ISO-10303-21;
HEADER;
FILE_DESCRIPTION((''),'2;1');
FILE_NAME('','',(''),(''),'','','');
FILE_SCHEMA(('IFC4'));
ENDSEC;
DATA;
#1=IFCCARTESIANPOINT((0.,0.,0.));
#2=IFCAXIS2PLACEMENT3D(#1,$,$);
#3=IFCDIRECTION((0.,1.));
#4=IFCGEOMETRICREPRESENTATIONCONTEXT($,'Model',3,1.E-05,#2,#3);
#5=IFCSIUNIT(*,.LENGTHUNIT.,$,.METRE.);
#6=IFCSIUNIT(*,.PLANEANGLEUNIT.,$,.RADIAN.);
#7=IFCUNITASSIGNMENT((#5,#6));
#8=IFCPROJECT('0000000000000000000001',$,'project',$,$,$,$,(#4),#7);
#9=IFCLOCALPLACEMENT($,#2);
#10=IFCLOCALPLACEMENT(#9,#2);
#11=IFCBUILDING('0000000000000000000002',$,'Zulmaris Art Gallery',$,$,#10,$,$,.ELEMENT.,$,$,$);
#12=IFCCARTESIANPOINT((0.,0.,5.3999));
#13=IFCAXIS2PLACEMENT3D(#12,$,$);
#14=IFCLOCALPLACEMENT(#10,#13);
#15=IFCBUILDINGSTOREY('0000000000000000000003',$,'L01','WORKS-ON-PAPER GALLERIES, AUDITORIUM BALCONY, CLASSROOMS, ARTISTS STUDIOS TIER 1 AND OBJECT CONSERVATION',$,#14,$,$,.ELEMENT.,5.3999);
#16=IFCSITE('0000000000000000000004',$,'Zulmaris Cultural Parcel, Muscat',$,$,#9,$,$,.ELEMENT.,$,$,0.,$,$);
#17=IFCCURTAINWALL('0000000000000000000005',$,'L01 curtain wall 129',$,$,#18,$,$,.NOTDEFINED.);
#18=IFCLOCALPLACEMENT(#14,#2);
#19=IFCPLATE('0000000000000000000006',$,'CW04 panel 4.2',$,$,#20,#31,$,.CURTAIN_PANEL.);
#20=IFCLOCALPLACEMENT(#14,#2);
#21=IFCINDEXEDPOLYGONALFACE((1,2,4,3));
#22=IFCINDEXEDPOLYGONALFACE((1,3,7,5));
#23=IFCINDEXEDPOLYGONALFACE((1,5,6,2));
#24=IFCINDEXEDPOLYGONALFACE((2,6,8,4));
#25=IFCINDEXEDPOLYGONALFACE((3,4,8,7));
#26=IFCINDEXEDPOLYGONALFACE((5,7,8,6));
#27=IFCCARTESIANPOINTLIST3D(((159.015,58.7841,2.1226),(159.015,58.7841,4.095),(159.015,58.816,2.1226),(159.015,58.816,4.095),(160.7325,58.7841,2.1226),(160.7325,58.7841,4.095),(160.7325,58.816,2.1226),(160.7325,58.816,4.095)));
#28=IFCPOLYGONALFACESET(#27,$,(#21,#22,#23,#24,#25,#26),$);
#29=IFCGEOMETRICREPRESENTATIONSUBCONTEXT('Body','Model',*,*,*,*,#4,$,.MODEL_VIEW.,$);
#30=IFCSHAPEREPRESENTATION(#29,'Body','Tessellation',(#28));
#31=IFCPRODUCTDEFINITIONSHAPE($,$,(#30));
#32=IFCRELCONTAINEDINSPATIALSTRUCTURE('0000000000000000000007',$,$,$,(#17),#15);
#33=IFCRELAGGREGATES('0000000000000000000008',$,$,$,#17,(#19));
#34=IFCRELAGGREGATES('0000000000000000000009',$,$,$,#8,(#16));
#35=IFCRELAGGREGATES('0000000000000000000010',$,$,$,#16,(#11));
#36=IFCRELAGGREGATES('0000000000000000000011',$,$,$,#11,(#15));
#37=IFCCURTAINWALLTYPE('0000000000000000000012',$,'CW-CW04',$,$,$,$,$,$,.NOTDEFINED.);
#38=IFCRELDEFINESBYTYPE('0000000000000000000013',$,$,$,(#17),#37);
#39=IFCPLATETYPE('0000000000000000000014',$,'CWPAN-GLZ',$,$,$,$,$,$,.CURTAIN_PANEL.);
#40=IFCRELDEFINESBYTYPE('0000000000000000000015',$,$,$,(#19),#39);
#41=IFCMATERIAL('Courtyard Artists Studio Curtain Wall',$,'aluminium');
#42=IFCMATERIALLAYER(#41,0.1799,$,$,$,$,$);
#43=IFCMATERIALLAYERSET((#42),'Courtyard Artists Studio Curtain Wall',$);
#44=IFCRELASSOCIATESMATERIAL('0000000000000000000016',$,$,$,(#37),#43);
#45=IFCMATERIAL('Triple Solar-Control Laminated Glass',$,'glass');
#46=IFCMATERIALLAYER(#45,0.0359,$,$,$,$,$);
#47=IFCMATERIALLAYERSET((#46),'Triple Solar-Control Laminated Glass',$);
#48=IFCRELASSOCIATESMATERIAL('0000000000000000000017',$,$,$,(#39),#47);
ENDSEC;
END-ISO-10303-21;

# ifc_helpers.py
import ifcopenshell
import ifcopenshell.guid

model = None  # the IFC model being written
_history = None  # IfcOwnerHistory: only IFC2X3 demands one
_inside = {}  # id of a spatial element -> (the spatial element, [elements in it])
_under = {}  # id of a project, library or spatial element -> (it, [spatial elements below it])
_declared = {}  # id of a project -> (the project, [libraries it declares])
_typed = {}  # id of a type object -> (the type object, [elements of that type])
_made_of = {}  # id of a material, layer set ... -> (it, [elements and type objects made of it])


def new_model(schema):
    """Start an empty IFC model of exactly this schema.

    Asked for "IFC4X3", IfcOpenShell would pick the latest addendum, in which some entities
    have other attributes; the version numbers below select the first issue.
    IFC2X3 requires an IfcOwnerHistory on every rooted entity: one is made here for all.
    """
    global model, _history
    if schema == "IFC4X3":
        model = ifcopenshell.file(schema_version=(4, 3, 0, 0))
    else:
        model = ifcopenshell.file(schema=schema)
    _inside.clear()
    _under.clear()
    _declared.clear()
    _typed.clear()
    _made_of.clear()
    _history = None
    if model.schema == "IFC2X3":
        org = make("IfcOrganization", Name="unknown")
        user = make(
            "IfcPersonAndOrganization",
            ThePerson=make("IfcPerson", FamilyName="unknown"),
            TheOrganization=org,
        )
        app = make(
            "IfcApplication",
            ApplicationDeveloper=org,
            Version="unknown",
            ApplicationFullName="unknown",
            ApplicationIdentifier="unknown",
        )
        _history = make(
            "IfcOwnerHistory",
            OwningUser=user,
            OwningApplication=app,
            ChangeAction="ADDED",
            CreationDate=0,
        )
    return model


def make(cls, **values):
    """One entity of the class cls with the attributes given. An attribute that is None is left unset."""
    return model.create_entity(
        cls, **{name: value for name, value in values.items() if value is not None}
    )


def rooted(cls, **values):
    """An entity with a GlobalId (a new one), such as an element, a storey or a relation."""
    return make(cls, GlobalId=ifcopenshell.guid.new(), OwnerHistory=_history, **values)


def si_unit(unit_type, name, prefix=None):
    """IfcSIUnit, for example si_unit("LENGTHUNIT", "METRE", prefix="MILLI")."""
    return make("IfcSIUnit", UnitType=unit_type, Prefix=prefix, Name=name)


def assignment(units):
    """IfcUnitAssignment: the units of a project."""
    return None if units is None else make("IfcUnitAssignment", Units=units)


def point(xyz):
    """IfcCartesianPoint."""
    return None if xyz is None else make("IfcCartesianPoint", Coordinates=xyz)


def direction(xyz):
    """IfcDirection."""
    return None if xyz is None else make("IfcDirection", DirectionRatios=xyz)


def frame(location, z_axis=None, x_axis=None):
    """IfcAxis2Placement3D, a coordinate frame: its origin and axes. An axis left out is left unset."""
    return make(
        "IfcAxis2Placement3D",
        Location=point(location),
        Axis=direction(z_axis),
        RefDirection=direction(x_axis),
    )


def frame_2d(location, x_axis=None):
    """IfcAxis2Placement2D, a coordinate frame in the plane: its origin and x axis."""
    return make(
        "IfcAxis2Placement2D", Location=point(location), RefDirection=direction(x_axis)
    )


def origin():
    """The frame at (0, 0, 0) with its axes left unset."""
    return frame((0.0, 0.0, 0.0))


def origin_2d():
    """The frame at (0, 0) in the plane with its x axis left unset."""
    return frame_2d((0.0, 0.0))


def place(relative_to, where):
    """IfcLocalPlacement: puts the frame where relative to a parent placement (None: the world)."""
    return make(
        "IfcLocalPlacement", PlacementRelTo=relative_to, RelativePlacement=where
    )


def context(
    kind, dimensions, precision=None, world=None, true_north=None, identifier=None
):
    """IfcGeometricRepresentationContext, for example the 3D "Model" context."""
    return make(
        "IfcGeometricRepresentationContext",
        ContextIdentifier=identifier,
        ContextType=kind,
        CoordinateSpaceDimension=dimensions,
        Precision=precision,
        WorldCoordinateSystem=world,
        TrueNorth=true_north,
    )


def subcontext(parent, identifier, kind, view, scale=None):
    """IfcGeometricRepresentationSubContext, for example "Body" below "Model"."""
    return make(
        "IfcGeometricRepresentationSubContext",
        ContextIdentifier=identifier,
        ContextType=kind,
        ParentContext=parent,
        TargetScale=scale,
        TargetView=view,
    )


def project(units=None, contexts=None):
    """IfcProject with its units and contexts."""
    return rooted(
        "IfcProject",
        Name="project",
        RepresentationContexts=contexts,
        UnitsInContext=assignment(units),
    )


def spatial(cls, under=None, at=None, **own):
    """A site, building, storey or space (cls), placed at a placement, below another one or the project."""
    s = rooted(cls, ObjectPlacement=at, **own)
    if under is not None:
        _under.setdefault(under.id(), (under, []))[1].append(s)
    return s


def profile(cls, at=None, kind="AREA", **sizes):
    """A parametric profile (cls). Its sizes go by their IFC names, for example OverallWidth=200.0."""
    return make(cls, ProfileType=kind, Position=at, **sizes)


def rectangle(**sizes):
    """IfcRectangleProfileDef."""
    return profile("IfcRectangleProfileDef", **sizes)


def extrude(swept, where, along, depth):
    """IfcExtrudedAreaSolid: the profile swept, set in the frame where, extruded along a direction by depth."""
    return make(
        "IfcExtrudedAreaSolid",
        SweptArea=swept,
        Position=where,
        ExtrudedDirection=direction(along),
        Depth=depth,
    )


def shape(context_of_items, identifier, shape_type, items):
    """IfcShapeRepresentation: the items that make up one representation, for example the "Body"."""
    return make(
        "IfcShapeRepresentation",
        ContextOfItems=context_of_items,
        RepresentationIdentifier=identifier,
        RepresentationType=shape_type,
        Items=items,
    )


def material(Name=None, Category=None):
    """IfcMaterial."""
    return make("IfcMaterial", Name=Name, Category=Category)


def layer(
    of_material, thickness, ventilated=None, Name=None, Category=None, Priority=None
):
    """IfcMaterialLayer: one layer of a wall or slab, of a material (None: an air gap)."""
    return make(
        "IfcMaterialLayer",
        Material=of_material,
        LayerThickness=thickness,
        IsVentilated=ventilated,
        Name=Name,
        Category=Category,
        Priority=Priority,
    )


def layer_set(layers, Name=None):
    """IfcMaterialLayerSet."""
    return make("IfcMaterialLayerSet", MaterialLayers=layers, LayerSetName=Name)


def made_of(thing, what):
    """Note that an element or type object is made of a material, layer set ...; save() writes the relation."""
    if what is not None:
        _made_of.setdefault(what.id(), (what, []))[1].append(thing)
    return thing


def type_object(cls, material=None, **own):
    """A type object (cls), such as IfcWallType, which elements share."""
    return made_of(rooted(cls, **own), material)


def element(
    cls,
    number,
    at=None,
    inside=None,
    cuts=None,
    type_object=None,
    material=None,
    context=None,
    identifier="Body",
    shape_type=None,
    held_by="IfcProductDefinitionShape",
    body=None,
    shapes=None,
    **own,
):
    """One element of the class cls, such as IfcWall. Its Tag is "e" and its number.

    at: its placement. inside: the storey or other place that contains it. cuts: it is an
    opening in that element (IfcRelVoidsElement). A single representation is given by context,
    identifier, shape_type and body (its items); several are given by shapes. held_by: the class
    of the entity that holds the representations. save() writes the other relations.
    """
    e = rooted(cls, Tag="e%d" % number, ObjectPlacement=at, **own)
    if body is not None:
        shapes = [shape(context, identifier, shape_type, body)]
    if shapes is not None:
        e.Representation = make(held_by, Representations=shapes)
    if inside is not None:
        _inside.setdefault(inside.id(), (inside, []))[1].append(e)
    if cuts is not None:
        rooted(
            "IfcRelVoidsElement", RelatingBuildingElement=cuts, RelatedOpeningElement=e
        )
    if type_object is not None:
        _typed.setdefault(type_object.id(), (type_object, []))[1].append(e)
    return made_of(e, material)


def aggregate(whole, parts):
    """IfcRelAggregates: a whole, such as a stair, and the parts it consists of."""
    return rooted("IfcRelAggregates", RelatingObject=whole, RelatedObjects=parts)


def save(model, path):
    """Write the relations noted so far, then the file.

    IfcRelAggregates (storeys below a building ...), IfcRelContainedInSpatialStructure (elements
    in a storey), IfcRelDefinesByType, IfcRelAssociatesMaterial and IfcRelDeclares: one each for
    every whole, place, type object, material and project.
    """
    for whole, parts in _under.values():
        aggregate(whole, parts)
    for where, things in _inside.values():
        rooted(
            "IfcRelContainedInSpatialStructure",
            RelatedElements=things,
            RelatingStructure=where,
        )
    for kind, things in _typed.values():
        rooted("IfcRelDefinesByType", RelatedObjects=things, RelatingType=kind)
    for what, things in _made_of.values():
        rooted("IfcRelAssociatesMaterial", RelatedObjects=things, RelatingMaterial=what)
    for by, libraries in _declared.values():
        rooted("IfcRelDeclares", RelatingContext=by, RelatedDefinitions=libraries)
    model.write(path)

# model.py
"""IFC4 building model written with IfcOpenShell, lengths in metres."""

from ifc_helpers import new_model, si_unit, direction, frame, origin, origin_2d, place, context, subcontext, project, spatial, rectangle, extrude, material, layer, layer_set, type_object, element, aggregate, save


model = new_model("IFC4")

# Units and contexts
model_context = context("Model", 3, precision=1e-05, world=origin(), true_north=direction((0.0, 1.0)))
body_context = subcontext(model_context, "Body", "Model", "MODEL_VIEW")
ifc_project = project(units=[si_unit("LENGTHUNIT", "METRE"), si_unit("PLANEANGLEUNIT", "RADIAN")], contexts=[model_context])

# Site, building, storey
site_placement = place(None, origin())
site = spatial("IfcSite", under=ifc_project, at=site_placement, Name="Zulmaris Cultural Parcel, Muscat", CompositionType="ELEMENT", RefElevation=0.0)
building_placement = place(site_placement, origin())
building = spatial("IfcBuilding", under=site, at=building_placement, Name="Zulmaris Art Gallery", CompositionType="ELEMENT")
storey_placement = place(building_placement, frame((0.0, 0.0, 5.3999)))
storey = spatial("IfcBuildingStorey", under=building, at=storey_placement, Name="L01", Description="WORKS-ON-PAPER GALLERIES, AUDITORIUM BALCONY, CLASSROOMS, ARTISTS STUDIOS TIER 1 AND OBJECT CONSERVATION", CompositionType="ELEMENT", Elevation=5.3999)

# Curtain wall
ifc_material_1 = material(Name="Courtyard Artists Studio Curtain Wall", Category="aluminium")
ifc_layer_1 = layer(ifc_material_1, 0.1799)
ifc_layer_set_1 = layer_set([ifc_layer_1], Name="Courtyard Artists Studio Curtain Wall")
curtain_wall_type = type_object("IfcCurtainWallType", Name="CW-CW04", PredefinedType="NOTDEFINED", material=ifc_layer_set_1)
curtain_wall_1_placement = place(storey_placement, origin())
curtain_wall_1 = element("IfcCurtainWall", 1, at=curtain_wall_1_placement, inside=storey, type_object=curtain_wall_type, Name="L01 curtain wall 129", PredefinedType="NOTDEFINED")

# Plate
ifc_material_2 = material(Name="Triple Solar-Control Laminated Glass", Category="glass")
ifc_layer_2 = layer(ifc_material_2, 0.0359)
ifc_layer_set_2 = layer_set([ifc_layer_2], Name="Triple Solar-Control Laminated Glass")
plate_type = type_object("IfcPlateType", Name="CWPAN-GLZ", PredefinedType="CURTAIN_PANEL", material=ifc_layer_set_2)
plate_1_placement = place(storey_placement, frame((159.8738, 58.8, 2.1226), z_axis=(0.0, 0.0, 1.0), x_axis=(-1.0, 0.0, 0.0)))
plate_1 = element("IfcPlate", 2, at=plate_1_placement, type_object=plate_type, Name="CW04 panel 4.2", PredefinedType="CURTAIN_PANEL", context=body_context, shape_type="SweptSolid", body=[
    extrude(rectangle(XDim=1.7175, YDim=0.032, at=origin_2d()), origin(), (0.0, 0.0, 1.0), 1.9724),
])
aggregate(curtain_wall_1, [plate_1])

save(model, "model.ifc")
